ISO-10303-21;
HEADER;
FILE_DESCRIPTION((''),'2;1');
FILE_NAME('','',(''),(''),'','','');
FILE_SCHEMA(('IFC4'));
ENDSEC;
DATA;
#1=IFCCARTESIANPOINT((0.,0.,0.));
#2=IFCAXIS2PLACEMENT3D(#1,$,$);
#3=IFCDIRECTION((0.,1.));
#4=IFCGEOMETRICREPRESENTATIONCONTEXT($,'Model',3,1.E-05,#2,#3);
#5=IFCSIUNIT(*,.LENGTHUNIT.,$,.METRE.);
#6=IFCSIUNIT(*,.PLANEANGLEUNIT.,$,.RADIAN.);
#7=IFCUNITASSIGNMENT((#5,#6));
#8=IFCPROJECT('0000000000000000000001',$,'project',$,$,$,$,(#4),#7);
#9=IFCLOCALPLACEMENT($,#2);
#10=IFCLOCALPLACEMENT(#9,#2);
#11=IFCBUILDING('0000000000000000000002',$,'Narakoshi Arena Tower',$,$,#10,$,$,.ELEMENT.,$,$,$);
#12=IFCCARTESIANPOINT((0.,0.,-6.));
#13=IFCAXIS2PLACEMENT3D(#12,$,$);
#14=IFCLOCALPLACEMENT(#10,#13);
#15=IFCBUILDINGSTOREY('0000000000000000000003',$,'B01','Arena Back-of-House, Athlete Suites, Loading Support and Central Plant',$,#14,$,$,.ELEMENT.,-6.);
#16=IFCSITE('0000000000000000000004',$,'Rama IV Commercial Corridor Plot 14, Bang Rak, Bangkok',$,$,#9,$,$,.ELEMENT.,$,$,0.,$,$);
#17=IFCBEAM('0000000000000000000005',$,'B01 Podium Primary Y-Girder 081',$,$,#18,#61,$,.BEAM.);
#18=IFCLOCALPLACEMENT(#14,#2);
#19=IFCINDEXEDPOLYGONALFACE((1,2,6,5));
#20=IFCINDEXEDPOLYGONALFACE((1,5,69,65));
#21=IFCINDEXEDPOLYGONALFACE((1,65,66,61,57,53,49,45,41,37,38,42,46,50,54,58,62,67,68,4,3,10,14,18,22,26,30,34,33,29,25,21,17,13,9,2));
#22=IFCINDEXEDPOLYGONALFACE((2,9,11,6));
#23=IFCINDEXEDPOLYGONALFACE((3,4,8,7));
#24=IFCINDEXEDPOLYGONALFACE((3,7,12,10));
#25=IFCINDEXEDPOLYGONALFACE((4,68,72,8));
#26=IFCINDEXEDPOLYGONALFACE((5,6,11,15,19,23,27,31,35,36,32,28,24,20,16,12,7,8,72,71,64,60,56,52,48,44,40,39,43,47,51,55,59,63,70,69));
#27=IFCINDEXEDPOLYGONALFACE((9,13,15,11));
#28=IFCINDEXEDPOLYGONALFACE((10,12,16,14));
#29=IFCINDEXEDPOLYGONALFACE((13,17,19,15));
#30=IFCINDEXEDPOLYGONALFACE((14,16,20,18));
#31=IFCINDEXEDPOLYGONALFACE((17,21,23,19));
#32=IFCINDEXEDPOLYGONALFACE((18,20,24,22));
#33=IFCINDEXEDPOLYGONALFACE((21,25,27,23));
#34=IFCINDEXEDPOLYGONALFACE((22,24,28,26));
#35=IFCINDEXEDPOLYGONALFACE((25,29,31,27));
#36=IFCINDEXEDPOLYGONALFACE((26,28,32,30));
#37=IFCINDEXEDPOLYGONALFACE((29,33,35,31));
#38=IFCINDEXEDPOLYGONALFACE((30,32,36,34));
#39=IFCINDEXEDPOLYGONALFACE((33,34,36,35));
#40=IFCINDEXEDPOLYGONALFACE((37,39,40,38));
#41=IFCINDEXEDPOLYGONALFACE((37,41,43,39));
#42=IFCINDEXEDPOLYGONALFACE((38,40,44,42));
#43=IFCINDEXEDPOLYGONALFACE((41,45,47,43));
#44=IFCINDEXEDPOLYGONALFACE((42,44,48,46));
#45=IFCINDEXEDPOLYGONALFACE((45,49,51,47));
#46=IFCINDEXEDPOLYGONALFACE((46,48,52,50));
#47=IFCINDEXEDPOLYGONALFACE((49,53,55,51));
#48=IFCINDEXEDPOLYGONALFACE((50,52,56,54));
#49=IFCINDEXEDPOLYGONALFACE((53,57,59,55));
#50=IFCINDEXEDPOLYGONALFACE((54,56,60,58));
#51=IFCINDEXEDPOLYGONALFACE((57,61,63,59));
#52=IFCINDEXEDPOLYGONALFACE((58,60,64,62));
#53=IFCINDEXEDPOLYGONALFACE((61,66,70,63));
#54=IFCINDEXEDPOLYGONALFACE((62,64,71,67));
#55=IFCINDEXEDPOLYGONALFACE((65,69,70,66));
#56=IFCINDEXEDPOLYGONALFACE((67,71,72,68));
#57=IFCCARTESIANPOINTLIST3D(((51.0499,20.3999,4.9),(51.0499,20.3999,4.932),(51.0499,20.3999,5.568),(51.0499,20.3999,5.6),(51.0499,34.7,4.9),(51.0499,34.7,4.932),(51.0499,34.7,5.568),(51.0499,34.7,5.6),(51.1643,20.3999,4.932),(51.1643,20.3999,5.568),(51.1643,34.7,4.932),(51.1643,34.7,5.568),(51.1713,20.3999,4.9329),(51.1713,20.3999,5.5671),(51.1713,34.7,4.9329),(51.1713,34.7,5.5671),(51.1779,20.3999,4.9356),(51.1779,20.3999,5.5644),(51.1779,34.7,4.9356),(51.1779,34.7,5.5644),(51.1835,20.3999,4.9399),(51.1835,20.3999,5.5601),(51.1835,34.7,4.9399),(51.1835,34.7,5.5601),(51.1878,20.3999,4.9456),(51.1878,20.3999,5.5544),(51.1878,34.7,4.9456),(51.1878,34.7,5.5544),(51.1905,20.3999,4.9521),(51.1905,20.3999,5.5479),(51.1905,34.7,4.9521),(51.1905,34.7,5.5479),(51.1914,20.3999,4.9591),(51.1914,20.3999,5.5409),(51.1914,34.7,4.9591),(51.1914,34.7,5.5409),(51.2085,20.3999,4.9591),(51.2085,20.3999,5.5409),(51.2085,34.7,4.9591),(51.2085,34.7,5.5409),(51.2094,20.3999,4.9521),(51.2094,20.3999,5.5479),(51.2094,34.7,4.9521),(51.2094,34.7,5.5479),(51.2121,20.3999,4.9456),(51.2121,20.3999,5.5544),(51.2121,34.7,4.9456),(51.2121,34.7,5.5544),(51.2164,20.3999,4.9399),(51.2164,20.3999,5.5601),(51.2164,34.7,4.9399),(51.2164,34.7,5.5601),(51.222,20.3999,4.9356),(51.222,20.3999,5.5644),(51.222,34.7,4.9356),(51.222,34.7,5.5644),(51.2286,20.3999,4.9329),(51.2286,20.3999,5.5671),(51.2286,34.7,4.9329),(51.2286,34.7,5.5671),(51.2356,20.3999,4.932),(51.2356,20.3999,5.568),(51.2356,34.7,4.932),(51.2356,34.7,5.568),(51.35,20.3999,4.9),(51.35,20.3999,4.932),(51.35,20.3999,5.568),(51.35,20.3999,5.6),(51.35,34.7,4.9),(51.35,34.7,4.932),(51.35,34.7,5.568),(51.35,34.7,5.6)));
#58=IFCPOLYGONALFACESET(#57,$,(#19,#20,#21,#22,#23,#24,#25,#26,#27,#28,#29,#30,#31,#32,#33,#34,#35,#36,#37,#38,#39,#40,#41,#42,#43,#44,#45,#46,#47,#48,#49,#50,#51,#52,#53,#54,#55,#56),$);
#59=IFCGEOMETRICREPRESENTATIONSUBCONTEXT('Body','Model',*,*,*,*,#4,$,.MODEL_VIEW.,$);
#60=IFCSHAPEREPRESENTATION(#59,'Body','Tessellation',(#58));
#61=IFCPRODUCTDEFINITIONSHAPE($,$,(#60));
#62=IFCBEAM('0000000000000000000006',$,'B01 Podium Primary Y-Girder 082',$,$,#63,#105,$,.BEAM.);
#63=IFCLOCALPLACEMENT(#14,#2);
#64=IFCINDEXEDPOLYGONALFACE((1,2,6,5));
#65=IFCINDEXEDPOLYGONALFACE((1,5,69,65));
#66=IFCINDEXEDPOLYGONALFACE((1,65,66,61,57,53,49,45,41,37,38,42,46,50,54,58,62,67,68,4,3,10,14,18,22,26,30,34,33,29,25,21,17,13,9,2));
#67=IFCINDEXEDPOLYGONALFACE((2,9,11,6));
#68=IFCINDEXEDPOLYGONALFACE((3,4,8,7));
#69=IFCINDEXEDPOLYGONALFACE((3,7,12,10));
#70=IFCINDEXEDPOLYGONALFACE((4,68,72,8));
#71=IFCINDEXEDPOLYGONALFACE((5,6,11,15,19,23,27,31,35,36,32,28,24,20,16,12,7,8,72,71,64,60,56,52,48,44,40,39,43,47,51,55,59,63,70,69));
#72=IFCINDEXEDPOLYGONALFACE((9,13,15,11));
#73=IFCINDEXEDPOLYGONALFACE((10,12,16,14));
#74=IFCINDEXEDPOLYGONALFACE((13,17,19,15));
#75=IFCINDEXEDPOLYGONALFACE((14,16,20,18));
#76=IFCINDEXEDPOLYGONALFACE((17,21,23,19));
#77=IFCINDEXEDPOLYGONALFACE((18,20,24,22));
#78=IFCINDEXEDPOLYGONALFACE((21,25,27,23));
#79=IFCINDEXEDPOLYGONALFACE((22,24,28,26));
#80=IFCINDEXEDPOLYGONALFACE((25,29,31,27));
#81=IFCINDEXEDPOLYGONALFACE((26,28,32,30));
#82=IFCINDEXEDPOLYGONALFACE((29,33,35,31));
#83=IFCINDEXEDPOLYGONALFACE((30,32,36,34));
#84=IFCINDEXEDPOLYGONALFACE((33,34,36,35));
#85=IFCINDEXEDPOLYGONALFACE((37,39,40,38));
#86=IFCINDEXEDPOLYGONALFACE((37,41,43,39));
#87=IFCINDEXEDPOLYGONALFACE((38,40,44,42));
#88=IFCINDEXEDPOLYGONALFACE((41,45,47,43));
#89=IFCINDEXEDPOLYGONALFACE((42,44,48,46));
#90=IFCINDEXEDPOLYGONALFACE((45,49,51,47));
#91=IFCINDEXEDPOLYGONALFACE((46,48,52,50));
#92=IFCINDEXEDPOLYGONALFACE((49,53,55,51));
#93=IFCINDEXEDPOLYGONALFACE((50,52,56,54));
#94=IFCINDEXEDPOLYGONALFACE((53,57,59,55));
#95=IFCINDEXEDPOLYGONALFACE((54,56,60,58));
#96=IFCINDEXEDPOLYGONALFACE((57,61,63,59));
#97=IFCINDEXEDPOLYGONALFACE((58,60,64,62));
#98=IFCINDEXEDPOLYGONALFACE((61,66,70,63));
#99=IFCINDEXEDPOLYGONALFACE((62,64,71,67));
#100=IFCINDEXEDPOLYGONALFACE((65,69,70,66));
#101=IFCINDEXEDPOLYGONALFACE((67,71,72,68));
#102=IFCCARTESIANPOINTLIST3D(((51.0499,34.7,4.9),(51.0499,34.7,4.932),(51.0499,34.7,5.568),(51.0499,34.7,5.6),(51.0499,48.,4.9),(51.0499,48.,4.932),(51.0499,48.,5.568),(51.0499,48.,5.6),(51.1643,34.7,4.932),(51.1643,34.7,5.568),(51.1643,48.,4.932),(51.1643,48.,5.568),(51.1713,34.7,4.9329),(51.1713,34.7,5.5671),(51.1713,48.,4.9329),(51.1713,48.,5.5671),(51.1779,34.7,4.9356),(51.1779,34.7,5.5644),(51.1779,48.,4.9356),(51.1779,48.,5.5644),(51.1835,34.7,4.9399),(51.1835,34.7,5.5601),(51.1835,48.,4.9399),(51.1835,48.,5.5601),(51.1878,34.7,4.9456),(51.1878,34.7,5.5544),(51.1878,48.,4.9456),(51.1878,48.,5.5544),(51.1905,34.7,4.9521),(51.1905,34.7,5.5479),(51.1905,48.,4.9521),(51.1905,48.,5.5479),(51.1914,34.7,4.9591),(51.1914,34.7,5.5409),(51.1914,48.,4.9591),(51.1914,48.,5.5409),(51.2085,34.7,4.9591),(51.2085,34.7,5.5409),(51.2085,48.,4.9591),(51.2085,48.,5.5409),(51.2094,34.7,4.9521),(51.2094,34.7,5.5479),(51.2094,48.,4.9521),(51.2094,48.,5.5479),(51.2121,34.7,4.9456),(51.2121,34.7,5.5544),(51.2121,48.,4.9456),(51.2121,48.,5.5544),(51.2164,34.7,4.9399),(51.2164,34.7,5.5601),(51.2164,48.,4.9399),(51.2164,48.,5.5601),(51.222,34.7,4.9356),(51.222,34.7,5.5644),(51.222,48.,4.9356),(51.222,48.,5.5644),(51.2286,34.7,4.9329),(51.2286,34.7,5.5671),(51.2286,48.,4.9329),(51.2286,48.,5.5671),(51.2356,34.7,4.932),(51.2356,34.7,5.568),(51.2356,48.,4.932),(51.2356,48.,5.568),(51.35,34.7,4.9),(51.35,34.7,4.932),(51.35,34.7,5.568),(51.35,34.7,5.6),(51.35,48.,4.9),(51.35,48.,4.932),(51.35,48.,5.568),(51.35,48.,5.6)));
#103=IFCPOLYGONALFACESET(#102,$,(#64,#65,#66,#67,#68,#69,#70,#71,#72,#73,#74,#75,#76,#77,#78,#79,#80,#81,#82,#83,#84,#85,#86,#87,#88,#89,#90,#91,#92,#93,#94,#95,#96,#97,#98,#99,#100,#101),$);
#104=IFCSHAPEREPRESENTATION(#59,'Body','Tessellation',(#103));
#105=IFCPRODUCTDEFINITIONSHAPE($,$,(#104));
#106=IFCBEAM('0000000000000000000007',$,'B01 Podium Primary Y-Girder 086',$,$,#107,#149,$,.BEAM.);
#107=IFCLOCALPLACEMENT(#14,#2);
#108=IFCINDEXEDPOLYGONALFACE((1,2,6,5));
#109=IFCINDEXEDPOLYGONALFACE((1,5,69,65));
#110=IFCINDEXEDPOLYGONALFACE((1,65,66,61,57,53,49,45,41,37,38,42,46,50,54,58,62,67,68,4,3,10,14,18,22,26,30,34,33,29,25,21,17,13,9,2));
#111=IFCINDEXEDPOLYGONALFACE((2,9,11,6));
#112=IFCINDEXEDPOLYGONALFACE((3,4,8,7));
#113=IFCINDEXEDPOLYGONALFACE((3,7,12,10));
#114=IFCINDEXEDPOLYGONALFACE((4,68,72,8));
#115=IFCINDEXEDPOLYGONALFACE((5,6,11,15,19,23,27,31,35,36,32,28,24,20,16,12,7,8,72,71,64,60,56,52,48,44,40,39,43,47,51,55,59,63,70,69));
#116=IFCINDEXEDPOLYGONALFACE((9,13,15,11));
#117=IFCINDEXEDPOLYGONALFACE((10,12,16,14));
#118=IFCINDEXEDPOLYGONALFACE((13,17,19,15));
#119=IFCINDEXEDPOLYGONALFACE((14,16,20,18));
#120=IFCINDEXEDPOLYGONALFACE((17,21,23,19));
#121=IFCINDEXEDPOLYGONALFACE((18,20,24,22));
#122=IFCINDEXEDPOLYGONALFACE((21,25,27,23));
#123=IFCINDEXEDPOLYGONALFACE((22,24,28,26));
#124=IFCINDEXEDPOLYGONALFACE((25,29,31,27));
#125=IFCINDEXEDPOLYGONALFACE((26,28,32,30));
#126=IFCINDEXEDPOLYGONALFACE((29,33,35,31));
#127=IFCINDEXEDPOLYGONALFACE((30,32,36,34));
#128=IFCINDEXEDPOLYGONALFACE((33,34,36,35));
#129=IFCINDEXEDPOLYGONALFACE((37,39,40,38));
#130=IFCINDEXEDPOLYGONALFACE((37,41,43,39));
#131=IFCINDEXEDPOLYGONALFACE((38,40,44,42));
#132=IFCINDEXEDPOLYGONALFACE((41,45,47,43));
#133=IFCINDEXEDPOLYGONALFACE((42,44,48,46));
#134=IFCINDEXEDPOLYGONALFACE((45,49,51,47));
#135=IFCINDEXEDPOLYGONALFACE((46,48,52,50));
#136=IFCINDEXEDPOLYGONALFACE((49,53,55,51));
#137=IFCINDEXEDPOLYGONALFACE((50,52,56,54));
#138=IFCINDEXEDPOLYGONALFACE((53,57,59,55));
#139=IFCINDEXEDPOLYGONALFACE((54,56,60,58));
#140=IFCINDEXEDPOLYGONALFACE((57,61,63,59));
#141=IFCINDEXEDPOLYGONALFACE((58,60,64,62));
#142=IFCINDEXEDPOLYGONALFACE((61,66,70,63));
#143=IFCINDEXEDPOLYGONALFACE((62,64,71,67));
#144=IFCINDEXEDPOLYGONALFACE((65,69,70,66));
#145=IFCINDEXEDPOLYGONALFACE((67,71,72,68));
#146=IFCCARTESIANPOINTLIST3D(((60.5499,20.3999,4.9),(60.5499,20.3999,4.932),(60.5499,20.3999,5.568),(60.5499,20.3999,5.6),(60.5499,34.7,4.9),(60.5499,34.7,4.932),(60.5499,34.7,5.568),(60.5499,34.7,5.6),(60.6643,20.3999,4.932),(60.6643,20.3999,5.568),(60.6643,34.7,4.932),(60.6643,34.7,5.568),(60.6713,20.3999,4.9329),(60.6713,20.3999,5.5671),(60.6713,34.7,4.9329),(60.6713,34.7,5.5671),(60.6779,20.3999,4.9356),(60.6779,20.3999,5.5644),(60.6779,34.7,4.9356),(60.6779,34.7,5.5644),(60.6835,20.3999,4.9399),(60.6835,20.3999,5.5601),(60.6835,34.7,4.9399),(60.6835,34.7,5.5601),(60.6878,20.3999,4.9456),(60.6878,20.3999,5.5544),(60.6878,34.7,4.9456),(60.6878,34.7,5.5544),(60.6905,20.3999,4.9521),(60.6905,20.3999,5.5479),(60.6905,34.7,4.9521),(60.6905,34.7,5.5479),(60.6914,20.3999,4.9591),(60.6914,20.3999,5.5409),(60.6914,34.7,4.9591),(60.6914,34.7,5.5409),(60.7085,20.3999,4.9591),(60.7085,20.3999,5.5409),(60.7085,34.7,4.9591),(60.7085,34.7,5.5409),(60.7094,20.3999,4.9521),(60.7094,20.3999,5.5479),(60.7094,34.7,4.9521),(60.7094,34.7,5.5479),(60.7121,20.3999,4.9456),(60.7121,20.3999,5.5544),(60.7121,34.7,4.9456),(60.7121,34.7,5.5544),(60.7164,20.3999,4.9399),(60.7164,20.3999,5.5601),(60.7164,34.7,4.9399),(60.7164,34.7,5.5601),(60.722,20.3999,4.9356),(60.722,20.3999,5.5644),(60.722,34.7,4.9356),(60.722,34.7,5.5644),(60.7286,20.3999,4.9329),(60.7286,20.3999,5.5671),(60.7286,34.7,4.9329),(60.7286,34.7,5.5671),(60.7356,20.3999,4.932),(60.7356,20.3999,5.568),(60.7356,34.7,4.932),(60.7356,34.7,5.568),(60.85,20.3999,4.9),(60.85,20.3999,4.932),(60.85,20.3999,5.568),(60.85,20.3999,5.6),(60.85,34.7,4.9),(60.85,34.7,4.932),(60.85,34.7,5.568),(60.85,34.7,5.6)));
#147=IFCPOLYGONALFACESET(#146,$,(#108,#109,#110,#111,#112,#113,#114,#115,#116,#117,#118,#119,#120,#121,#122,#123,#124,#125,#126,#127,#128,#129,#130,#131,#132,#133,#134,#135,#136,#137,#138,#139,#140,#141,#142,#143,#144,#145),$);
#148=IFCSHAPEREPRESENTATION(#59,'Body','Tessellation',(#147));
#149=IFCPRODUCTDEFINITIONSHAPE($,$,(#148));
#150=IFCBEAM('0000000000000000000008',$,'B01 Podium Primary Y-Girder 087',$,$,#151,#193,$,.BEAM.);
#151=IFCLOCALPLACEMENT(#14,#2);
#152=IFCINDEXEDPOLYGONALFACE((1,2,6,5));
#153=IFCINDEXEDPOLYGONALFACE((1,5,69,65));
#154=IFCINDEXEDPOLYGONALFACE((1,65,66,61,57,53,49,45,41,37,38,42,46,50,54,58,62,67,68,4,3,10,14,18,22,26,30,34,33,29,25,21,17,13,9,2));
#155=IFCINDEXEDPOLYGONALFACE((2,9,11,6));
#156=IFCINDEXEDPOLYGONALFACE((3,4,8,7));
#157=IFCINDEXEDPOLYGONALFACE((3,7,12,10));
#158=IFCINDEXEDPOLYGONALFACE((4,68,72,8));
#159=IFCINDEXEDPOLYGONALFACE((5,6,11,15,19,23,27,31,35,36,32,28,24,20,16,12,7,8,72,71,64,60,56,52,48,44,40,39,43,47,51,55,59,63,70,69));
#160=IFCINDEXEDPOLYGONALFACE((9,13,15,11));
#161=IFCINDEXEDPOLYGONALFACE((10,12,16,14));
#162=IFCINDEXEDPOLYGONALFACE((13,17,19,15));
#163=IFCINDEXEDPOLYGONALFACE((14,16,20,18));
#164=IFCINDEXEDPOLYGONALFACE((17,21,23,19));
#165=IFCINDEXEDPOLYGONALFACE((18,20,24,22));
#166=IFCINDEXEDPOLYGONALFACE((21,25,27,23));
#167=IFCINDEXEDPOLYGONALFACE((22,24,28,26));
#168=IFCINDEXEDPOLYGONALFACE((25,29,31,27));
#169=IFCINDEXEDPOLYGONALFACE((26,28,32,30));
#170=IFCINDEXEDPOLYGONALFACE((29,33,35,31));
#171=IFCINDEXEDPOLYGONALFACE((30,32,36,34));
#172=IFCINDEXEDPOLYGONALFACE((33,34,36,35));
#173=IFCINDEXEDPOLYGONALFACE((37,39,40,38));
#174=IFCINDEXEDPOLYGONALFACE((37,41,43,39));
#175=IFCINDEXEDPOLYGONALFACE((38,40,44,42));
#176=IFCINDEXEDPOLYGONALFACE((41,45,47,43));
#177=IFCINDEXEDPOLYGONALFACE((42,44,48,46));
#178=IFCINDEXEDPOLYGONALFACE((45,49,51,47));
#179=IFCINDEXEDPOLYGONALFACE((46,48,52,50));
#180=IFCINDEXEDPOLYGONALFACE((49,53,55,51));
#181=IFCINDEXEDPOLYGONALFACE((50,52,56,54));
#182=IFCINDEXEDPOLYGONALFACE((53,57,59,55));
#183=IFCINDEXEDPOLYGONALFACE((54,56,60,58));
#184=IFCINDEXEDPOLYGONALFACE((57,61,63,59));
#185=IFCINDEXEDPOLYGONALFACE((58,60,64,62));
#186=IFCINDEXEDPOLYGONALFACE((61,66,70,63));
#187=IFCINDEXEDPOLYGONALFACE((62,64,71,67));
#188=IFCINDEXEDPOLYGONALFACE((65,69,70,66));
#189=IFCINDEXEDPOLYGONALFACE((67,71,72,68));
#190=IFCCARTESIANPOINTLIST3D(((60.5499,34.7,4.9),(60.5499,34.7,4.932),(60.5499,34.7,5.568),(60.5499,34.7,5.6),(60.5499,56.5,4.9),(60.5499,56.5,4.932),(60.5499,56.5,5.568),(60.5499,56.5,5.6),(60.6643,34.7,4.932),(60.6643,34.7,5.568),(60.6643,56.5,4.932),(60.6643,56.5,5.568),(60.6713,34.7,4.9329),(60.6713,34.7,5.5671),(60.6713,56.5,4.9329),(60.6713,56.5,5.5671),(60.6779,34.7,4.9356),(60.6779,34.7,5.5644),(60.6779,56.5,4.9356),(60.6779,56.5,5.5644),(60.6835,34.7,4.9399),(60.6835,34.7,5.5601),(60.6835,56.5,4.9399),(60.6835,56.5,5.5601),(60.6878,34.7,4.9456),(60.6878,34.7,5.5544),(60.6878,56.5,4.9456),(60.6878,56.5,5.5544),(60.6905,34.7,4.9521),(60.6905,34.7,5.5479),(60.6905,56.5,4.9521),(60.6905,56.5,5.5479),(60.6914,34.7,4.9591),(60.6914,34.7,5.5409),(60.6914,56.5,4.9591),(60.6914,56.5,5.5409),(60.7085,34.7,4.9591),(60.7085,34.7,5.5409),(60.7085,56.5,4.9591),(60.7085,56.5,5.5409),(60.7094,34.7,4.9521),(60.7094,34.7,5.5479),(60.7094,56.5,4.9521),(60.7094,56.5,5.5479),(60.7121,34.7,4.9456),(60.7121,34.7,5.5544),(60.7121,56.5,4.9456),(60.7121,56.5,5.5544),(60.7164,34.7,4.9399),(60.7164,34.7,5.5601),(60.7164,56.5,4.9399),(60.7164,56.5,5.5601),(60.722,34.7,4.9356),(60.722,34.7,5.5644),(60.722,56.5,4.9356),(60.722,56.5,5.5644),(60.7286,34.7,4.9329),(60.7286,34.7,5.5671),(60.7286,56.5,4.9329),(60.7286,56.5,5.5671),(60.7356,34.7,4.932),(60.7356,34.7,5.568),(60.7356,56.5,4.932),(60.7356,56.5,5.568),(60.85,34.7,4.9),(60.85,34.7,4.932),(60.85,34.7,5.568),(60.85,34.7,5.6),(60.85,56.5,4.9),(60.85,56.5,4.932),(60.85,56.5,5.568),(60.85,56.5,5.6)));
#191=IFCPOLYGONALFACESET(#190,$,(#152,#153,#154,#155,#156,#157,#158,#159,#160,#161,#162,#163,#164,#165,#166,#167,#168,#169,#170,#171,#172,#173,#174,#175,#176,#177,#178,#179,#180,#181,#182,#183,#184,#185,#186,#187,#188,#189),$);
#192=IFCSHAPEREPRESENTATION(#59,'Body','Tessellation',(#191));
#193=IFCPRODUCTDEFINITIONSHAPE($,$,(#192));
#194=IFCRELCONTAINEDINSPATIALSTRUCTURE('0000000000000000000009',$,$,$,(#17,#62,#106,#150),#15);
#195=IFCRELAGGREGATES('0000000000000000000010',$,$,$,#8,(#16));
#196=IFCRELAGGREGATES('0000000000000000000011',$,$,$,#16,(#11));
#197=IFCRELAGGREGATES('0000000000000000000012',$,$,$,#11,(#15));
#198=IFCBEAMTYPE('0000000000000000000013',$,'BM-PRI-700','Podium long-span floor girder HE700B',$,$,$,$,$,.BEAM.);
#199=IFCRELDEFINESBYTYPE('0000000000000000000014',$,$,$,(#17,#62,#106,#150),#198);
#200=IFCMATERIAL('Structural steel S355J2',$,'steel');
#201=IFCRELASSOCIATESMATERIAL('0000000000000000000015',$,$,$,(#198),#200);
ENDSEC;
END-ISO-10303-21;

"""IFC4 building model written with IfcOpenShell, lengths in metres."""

from ifc_helpers import new_model, si_unit, direction, frame, origin, origin_2d, place, context, subcontext, project, spatial, i_section, extrude, material, material_profile, profile_set, type_object, element, save


model = new_model("IFC4")

# Units and contexts
model_context = context("Model", 3, precision=1e-05, world=origin(), true_north=direction((0.0, 1.0)))
body_context = subcontext(model_context, "Body", "Model", "MODEL_VIEW")
ifc_project = project(units=[si_unit("LENGTHUNIT", "METRE"), si_unit("PLANEANGLEUNIT", "RADIAN")], contexts=[model_context])

# Site, building, storey
site_placement = place(None, origin())
site = spatial("IfcSite", under=ifc_project, at=site_placement, Name="Rama IV Commercial Corridor Plot 14, Bang Rak, Bangkok", CompositionType="ELEMENT", RefElevation=0.0)
building_placement = place(site_placement, origin())
building = spatial("IfcBuilding", under=site, at=building_placement, Name="Narakoshi Arena Tower", CompositionType="ELEMENT")
storey_placement = place(building_placement, frame((0.0, 0.0, -6.0)))
storey = spatial("IfcBuildingStorey", under=building, at=storey_placement, Name="B01", Description="Arena Back-of-House, Athlete Suites, Loading Support and Central Plant", CompositionType="ELEMENT", Elevation=-6.0)

# Beams
ifc_material_1 = material(Name="Structural steel S355J2", Category="steel")
ifc_material_profile_1 = material_profile(ifc_material_1, i_section(OverallWidth=0.3, OverallDepth=0.7, WebThickness=0.0171, FlangeThickness=0.032, FilletRadius=0.0271, at=origin_2d()), Name="HE700B")
ifc_profile_set_1 = profile_set([ifc_material_profile_1], Name="Structural steel S355J2")
beam_type_1 = type_object("IfcBeamType", Name="BM-PRI-700", Description="Podium long-span floor girder HE700B", PredefinedType="BEAM", material=ifc_profile_set_1)
beam_1_placement = place(storey_placement, frame((51.2, 20.3999, 5.25), z_axis=(0.0, 1.0, 0.0), x_axis=(-1.0, 0.0, 0.0)))
element("IfcBeam", 1, at=beam_1_placement, inside=storey, type_object=beam_type_1, Name="B01 Podium Primary Y-Girder 081", PredefinedType="BEAM", context=body_context, shape_type="SweptSolid", body=[
    extrude(i_section(OverallWidth=0.3, OverallDepth=0.7, WebThickness=0.0171, FlangeThickness=0.032, FilletRadius=0.0271, at=origin_2d()), origin(), (0.0, 0.0, 1.0), 14.3),
])
beam_2_placement = place(storey_placement, frame((51.2, 34.7, 5.25), z_axis=(0.0, 1.0, 0.0), x_axis=(-1.0, 0.0, 0.0)))
element("IfcBeam", 2, at=beam_2_placement, inside=storey, type_object=beam_type_1, Name="B01 Podium Primary Y-Girder 082", PredefinedType="BEAM", context=body_context, shape_type="SweptSolid", body=[
    extrude(i_section(OverallWidth=0.3, OverallDepth=0.7, WebThickness=0.0171, FlangeThickness=0.032, FilletRadius=0.0271, at=origin_2d()), origin(), (0.0, 0.0, 1.0), 13.3),
])
beam_3_placement = place(storey_placement, frame((60.7, 20.3999, 5.25), z_axis=(0.0, 1.0, 0.0), x_axis=(-1.0, 0.0, 0.0)))
element("IfcBeam", 3, at=beam_3_placement, inside=storey, type_object=beam_type_1, Name="B01 Podium Primary Y-Girder 086", PredefinedType="BEAM", context=body_context, shape_type="SweptSolid", body=[
    extrude(i_section(OverallWidth=0.3, OverallDepth=0.7, WebThickness=0.0171, FlangeThickness=0.032, FilletRadius=0.0271, at=origin_2d()), origin(), (0.0, 0.0, 1.0), 14.3),
])
beam_4_placement = place(storey_placement, frame((60.7, 34.7, 5.25), z_axis=(0.0, 1.0, 0.0), x_axis=(-1.0, 0.0, 0.0)))
element("IfcBeam", 4, at=beam_4_placement, inside=storey, type_object=beam_type_1, Name="B01 Podium Primary Y-Girder 087", PredefinedType="BEAM", context=body_context, shape_type="SweptSolid", body=[
    extrude(i_section(OverallWidth=0.3, OverallDepth=0.7, WebThickness=0.0171, FlangeThickness=0.032, FilletRadius=0.0271, at=origin_2d()), origin(), (0.0, 0.0, 1.0), 21.8),
])

save(model, "model.ifc")
